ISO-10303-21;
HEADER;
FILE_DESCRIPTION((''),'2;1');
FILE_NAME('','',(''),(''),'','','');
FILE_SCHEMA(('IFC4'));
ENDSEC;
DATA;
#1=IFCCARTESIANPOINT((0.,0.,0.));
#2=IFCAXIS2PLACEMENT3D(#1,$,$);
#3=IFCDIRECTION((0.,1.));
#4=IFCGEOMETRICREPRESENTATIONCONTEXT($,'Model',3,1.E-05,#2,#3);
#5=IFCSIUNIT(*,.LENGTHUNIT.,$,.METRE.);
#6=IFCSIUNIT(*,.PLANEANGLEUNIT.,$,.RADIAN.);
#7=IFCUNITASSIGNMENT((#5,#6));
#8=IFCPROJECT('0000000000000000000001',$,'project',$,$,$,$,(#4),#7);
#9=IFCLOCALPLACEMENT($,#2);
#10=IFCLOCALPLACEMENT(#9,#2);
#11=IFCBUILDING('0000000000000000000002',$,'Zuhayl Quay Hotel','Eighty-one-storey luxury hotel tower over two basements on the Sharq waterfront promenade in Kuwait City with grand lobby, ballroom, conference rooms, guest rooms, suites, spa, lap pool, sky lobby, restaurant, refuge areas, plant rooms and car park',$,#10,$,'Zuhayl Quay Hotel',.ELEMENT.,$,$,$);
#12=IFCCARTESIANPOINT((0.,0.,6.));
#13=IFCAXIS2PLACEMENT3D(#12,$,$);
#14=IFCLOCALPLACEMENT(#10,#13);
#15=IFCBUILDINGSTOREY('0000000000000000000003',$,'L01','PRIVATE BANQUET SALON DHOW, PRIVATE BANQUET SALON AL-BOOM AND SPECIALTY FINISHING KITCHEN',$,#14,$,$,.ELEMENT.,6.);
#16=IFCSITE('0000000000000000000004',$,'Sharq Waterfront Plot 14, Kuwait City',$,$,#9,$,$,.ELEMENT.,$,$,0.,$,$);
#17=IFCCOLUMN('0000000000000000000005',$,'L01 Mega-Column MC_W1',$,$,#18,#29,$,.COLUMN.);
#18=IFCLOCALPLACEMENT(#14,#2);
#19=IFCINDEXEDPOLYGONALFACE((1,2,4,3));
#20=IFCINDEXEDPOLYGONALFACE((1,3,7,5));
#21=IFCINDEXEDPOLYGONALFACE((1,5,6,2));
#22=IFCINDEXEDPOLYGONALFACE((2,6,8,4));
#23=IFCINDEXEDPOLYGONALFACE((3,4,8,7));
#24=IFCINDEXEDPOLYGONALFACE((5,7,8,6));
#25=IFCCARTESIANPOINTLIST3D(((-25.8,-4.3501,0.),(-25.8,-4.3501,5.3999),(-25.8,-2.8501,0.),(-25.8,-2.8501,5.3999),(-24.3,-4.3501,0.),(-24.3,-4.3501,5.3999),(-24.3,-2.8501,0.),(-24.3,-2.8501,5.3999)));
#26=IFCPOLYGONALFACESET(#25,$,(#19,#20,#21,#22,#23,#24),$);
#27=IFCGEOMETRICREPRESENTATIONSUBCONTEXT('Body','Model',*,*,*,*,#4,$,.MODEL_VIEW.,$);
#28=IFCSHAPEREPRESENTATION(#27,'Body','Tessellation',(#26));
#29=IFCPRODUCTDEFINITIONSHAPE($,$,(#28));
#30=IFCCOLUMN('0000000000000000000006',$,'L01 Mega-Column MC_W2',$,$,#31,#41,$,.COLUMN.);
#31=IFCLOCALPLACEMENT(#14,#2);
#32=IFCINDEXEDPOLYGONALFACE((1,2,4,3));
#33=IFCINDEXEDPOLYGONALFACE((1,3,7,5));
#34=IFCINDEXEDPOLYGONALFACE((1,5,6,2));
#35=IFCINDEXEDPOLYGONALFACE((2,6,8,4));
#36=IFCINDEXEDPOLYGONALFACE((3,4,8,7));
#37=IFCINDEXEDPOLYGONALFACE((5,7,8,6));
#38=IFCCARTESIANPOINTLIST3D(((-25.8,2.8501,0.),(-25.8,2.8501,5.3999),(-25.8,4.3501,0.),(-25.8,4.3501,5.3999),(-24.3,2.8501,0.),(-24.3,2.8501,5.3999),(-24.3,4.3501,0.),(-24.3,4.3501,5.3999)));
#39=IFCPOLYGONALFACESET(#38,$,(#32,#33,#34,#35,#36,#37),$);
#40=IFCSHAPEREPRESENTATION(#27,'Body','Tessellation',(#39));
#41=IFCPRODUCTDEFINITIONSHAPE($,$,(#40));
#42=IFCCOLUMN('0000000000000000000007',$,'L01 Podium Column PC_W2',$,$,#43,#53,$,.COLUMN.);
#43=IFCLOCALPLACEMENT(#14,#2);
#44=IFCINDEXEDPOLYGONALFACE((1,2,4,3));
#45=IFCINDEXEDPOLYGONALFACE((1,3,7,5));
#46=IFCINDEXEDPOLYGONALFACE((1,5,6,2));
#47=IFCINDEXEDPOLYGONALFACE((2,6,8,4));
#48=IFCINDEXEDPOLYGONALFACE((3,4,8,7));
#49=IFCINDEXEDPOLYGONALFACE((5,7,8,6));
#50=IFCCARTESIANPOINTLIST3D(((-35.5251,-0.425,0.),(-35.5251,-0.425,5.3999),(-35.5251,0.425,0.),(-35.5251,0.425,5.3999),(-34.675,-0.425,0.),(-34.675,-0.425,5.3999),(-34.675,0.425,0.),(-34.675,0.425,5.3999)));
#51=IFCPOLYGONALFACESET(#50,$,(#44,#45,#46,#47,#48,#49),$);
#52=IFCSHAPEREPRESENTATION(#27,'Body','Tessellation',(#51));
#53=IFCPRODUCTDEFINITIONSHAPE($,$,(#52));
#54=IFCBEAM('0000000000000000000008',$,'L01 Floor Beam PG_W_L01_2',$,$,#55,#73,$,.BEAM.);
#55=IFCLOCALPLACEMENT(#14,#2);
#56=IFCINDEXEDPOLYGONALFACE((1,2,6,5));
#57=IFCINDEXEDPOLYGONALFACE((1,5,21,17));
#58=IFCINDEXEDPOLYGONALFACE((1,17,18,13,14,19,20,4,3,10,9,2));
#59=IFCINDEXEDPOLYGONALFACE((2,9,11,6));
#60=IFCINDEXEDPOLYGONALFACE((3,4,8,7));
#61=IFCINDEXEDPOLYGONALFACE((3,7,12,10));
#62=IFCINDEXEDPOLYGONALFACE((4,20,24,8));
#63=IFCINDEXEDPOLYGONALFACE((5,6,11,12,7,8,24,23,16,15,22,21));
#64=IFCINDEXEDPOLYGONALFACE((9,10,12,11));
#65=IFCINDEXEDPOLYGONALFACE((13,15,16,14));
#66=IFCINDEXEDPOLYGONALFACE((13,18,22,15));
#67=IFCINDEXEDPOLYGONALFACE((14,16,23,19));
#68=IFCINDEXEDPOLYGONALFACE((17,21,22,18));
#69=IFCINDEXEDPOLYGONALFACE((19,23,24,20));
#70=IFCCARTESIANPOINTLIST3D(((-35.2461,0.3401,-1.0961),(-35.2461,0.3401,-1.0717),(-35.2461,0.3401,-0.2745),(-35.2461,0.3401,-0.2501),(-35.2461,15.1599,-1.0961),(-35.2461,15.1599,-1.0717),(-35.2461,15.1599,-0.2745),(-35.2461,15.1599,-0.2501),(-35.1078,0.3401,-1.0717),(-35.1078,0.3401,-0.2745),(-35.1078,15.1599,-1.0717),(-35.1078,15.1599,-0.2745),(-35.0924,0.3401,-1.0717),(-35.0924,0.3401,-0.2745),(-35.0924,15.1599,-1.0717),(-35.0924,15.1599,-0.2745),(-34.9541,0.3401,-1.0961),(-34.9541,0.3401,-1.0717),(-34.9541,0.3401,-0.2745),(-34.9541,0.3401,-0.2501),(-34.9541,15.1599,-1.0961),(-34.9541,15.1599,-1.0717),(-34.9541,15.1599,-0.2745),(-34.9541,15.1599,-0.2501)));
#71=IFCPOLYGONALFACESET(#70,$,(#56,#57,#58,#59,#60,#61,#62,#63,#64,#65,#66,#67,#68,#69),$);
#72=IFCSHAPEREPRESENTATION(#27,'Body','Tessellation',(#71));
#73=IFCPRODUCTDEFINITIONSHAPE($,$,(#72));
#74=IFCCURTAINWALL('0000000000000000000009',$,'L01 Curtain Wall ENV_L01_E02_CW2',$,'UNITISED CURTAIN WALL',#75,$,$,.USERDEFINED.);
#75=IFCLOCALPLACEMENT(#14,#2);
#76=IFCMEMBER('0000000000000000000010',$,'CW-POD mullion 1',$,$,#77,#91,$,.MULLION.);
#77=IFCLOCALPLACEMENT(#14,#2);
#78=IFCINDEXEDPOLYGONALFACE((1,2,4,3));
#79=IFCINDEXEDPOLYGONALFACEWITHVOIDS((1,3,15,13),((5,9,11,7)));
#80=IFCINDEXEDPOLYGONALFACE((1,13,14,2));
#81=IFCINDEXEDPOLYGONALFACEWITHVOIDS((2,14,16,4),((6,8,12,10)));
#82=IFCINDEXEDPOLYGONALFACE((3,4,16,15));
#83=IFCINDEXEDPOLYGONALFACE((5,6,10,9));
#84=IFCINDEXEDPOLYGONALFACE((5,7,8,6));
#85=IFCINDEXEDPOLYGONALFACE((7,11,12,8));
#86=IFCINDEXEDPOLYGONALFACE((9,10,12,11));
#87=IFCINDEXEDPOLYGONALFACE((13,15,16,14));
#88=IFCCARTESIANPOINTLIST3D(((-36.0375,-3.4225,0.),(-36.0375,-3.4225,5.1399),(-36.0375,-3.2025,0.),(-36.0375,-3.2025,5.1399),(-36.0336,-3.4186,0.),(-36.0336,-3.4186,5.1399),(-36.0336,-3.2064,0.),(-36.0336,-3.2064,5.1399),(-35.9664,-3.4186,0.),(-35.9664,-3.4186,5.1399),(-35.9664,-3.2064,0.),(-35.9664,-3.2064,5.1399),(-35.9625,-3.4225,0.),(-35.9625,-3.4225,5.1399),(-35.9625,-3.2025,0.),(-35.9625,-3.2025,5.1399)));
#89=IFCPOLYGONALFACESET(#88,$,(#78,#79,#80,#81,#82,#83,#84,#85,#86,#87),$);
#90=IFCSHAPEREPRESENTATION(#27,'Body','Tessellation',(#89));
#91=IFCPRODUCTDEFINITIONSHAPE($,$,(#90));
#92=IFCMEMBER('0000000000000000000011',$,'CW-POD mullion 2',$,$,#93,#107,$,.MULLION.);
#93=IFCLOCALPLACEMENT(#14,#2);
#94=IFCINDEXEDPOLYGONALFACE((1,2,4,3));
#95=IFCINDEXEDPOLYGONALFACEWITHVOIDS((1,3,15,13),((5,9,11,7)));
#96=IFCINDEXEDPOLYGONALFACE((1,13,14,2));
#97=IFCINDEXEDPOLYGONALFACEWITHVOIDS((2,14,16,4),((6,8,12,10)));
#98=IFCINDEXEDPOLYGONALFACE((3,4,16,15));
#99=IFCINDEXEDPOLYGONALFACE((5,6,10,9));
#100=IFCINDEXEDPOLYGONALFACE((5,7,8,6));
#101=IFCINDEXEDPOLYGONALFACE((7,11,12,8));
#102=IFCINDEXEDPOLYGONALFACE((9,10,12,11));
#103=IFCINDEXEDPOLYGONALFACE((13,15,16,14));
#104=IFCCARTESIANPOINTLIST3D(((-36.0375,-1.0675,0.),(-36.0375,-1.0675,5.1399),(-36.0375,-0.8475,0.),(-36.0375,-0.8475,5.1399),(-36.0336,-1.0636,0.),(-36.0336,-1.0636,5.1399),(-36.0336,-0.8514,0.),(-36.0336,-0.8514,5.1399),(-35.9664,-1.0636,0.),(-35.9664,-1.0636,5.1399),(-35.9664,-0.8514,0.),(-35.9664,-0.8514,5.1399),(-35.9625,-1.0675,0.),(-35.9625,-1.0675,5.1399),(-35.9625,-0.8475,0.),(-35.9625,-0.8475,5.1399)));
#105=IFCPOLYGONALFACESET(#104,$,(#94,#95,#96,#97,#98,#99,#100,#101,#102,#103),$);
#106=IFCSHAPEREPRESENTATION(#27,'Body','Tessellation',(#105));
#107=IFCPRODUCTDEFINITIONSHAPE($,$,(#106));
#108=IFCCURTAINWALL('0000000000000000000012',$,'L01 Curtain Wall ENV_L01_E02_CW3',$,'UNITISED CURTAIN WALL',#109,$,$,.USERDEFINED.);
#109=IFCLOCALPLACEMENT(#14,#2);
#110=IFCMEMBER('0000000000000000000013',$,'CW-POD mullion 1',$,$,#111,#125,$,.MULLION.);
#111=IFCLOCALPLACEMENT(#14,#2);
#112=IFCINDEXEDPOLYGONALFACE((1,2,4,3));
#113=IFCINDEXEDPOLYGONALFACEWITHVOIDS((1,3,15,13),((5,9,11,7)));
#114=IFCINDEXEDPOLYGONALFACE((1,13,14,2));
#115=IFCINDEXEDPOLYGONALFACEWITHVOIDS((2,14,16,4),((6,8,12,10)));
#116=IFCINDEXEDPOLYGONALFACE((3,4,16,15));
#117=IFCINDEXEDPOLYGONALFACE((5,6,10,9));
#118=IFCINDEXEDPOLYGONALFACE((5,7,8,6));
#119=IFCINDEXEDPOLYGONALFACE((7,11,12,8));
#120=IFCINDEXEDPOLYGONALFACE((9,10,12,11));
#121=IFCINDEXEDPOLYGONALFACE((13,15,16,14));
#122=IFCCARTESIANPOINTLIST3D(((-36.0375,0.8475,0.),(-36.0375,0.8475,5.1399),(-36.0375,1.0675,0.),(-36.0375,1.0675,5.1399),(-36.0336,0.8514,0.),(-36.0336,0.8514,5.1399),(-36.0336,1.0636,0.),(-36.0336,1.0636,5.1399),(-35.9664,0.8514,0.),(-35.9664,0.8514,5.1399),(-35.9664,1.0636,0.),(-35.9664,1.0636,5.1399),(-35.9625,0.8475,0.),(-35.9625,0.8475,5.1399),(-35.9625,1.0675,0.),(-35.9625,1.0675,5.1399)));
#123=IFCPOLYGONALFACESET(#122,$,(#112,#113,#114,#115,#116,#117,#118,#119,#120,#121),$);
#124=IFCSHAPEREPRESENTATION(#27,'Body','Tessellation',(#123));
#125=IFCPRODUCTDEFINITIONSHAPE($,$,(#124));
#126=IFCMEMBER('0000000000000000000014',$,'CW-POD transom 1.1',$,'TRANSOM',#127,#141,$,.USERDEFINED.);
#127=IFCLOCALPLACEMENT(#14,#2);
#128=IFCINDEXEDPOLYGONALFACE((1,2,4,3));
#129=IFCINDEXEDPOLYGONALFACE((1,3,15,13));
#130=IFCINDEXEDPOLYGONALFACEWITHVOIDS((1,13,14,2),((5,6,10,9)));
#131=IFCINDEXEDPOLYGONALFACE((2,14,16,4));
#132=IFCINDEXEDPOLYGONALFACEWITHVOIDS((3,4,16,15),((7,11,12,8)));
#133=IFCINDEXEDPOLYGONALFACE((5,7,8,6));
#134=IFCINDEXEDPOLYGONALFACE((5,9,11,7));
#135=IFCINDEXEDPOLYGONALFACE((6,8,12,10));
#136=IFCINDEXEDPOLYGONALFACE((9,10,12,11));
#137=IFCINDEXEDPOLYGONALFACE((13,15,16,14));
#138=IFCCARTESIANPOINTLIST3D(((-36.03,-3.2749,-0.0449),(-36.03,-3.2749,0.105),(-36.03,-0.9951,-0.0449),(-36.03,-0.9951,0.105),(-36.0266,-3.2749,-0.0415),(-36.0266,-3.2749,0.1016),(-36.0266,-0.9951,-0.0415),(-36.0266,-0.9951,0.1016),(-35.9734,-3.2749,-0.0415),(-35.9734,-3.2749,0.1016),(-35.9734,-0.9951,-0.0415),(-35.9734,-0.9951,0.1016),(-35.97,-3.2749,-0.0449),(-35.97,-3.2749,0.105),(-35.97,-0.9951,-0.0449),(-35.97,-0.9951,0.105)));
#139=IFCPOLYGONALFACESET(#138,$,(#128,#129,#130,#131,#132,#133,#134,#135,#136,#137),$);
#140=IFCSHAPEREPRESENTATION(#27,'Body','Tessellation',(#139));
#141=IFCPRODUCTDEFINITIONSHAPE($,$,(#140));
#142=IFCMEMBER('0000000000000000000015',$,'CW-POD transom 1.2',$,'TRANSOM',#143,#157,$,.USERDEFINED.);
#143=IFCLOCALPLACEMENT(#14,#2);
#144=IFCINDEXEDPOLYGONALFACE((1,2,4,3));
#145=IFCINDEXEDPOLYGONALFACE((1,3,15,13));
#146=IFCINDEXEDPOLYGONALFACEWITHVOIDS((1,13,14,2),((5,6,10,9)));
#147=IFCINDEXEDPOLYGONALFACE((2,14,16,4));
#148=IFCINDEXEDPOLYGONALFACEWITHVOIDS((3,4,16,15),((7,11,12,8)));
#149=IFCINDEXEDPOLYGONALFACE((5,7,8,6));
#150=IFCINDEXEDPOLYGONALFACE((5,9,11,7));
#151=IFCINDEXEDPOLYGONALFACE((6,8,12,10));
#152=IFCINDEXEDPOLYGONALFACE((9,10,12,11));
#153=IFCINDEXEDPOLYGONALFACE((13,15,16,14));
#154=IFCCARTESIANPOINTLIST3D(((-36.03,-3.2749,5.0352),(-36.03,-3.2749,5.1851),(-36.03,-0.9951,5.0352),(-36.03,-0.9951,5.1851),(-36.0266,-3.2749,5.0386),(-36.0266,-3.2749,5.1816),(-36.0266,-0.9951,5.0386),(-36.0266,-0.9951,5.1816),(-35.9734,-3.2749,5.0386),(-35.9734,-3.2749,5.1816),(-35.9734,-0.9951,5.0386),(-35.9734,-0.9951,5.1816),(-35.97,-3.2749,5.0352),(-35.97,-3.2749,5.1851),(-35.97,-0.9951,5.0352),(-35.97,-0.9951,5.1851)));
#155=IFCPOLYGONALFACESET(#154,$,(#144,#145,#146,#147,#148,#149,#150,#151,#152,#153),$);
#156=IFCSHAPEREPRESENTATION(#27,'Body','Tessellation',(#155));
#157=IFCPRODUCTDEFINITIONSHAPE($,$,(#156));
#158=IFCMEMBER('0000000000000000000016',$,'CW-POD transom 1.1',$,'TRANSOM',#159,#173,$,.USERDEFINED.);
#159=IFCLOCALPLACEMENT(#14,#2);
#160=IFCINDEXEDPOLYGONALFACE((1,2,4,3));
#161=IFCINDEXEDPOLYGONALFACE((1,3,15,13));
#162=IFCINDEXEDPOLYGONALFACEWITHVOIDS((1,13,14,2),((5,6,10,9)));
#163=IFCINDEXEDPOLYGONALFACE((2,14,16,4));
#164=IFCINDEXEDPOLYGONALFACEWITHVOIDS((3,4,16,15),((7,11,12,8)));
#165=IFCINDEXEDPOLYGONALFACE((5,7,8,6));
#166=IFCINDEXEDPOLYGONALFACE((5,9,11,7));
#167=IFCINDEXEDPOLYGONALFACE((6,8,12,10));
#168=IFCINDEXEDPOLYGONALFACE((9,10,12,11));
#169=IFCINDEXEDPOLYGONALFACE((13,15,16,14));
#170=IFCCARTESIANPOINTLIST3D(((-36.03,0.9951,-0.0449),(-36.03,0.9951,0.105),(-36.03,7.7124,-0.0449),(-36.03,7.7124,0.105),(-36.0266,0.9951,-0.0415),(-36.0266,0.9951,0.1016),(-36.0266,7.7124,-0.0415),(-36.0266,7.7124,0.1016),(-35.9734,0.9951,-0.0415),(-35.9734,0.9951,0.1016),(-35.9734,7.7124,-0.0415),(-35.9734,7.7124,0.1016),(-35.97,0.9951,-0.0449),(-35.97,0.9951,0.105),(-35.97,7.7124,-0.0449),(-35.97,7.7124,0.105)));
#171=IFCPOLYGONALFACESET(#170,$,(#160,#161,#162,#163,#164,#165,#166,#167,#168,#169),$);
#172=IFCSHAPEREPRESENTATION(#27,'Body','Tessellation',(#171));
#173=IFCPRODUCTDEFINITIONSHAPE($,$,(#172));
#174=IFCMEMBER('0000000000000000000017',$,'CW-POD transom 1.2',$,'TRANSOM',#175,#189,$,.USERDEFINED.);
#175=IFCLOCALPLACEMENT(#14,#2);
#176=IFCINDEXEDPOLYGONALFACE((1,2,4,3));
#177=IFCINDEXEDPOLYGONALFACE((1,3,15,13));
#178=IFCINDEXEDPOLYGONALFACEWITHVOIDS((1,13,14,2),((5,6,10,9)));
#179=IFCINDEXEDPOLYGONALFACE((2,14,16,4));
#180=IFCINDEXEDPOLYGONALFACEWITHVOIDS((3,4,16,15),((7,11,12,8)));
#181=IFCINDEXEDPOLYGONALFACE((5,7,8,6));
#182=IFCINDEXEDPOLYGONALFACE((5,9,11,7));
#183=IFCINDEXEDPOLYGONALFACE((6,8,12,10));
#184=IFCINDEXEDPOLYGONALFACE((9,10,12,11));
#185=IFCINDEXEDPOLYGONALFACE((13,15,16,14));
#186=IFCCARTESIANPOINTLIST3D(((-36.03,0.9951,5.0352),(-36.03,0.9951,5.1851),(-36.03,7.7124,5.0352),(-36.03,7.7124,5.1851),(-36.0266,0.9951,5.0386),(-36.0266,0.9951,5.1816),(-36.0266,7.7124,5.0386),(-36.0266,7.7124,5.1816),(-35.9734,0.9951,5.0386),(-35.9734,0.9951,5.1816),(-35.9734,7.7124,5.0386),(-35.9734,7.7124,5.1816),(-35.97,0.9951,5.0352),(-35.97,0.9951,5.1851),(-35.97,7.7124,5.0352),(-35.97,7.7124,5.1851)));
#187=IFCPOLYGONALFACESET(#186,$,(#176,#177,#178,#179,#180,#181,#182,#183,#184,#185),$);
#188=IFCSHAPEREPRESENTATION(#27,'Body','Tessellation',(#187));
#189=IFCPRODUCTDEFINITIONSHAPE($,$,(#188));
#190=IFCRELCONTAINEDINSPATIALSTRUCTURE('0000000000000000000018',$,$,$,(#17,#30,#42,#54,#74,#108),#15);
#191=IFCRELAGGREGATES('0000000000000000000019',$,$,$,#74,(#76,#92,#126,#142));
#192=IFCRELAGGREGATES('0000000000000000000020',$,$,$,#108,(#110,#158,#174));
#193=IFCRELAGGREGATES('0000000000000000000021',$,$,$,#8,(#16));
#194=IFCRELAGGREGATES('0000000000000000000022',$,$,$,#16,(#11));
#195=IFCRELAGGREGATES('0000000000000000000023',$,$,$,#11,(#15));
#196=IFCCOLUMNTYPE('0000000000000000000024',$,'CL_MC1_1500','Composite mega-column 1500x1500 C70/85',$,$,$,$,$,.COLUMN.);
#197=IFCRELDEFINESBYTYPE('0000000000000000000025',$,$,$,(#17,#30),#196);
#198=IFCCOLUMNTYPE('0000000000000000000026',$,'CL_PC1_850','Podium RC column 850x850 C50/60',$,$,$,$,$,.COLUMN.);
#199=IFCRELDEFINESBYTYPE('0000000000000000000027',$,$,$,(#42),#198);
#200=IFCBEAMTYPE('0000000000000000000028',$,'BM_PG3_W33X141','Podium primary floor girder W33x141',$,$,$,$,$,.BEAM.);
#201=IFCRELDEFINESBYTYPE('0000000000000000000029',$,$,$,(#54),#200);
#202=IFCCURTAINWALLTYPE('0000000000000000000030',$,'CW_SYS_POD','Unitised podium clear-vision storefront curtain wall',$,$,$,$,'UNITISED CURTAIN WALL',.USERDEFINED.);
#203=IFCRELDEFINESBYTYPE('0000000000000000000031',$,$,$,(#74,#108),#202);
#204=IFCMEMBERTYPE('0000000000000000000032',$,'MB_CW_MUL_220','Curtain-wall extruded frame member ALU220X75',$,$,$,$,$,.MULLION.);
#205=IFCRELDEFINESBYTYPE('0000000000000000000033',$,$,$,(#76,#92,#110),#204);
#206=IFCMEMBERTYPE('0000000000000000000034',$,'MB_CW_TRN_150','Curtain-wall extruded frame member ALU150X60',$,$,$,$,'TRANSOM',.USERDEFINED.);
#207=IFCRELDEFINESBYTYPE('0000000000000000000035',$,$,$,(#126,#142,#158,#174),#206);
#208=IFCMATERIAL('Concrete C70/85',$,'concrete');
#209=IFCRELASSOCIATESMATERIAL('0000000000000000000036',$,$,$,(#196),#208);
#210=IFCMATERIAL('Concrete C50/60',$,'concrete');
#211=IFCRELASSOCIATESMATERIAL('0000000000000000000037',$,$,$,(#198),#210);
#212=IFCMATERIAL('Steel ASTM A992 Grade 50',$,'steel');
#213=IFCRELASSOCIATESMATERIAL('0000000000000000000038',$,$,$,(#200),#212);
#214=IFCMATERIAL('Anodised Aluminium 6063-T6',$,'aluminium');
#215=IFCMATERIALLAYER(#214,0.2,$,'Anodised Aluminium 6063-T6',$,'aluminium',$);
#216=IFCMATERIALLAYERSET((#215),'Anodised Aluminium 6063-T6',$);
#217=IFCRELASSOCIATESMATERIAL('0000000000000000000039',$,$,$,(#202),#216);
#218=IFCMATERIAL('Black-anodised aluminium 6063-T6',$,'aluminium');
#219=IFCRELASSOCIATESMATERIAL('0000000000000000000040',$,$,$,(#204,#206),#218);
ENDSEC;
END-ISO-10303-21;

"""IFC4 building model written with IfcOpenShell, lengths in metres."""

from ifc_helpers import new_model, si_unit, direction, frame, origin, origin_2d, place, context, subcontext, project, spatial, rectangle, hollow_rectangle, i_section, extrude, material, layer, layer_set, material_profile, profile_set, type_object, element, aggregate, save


model = new_model("IFC4")

# Units and contexts
model_context = context("Model", 3, precision=1e-05, world=origin(), true_north=direction((0.0, 1.0)))
body_context = subcontext(model_context, "Body", "Model", "MODEL_VIEW")
ifc_project = project(units=[si_unit("LENGTHUNIT", "METRE"), si_unit("PLANEANGLEUNIT", "RADIAN")], contexts=[model_context])

# Site, building, storey
site_placement = place(None, origin())
site = spatial("IfcSite", under=ifc_project, at=site_placement, Name="Sharq Waterfront Plot 14, Kuwait City", CompositionType="ELEMENT", RefElevation=0.0)
building_placement = place(site_placement, origin())
building = spatial("IfcBuilding", under=site, at=building_placement, Name="Zuhayl Quay Hotel", Description="Eighty-one-storey luxury hotel tower over two basements on the Sharq waterfront promenade in Kuwait City with grand lobby, ballroom, conference rooms, guest rooms, suites, spa, lap pool, sky lobby, restaurant, refuge areas, plant rooms and car park", LongName="Zuhayl Quay Hotel", CompositionType="ELEMENT")
storey_placement = place(building_placement, frame((0.0, 0.0, 6.0)))
storey = spatial("IfcBuildingStorey", under=building, at=storey_placement, Name="L01", Description="PRIVATE BANQUET SALON DHOW, PRIVATE BANQUET SALON AL-BOOM AND SPECIALTY FINISHING KITCHEN", CompositionType="ELEMENT", Elevation=6.0)

# Columns
ifc_material_1 = material(Name="Concrete C70/85", Category="concrete")
ifc_material_profile_1 = material_profile(ifc_material_1, rectangle(XDim=1.5, YDim=1.5, at=origin_2d()), Name="RC1500X1500")
ifc_profile_set_1 = profile_set([ifc_material_profile_1], Name="Concrete C70/85")
column_type_1 = type_object("IfcColumnType", Name="CL_MC1_1500", Description="Composite mega-column 1500x1500 C70/85", PredefinedType="COLUMN", material=ifc_profile_set_1)
for number, where, z_axis, x_axis, name in (
    (1, (-25.05, -3.6001, 0.0), (0.0, 0.0, 1.0), (1.0, 0.0, 0.0), "L01 Mega-Column MC_W1"),
    (2, (-25.05, 3.6001, 0.0), (0.0, 0.0, 1.0), (1.0, 0.0, 0.0), "L01 Mega-Column MC_W2"),
):
    element("IfcColumn", number, at=place(storey_placement, frame(where, z_axis=z_axis, x_axis=x_axis)), inside=storey, type_object=column_type_1, Name=name, PredefinedType="COLUMN", context=body_context, shape_type="SweptSolid", body=[
        extrude(rectangle(XDim=1.5, YDim=1.5, at=origin_2d()), origin(), (0.0, 0.0, 1.0), 5.3999),
    ])
ifc_material_2 = material(Name="Concrete C50/60", Category="concrete")
ifc_material_profile_2 = material_profile(ifc_material_2, rectangle(XDim=0.8501, YDim=0.8501, at=origin_2d()), Name="RC850X850")
ifc_profile_set_2 = profile_set([ifc_material_profile_2], Name="Concrete C50/60")
column_type_2 = type_object("IfcColumnType", Name="CL_PC1_850", Description="Podium RC column 850x850 C50/60", PredefinedType="COLUMN", material=ifc_profile_set_2)
column_placement = place(storey_placement, frame((-35.1001, 0.0, 0.0), z_axis=(0.0, 0.0, 1.0), x_axis=(1.0, 0.0, 0.0)))
element("IfcColumn", 3, at=column_placement, inside=storey, type_object=column_type_2, Name="L01 Podium Column PC_W2", PredefinedType="COLUMN", context=body_context, shape_type="SweptSolid", body=[
    extrude(rectangle(XDim=0.8501, YDim=0.8501, at=origin_2d()), origin(), (0.0, 0.0, 1.0), 5.3999),
])

# Beam
ifc_material_3 = material(Name="Steel ASTM A992 Grade 50", Category="steel")
ifc_material_profile_3 = material_profile(ifc_material_3, i_section(OverallWidth=0.292, OverallDepth=0.8459, WebThickness=0.0154, FlangeThickness=0.0244, at=origin_2d()), Name="W33X141")
ifc_profile_set_3 = profile_set([ifc_material_profile_3], Name="Steel ASTM A992 Grade 50")
beam_type = type_object("IfcBeamType", Name="BM_PG3_W33X141", Description="Podium primary floor girder W33x141", PredefinedType="BEAM", material=ifc_profile_set_3)
beam_placement = place(storey_placement, frame((-35.1001, 0.3401, -0.6731), z_axis=(0.0, 1.0, 0.0), x_axis=(-1.0, 0.0, 0.0)))
element("IfcBeam", 4, at=beam_placement, inside=storey, type_object=beam_type, Name="L01 Floor Beam PG_W_L01_2", PredefinedType="BEAM", context=body_context, shape_type="SweptSolid", body=[
    extrude(i_section(OverallWidth=0.292, OverallDepth=0.8459, WebThickness=0.0154, FlangeThickness=0.0244, at=origin_2d()), origin(), (0.0, 0.0, 1.0), 14.8198),
])

# Curtain wall, members
ifc_material_4 = material(Name="Anodised Aluminium 6063-T6", Category="aluminium")
ifc_layer_1 = layer(ifc_material_4, 0.2, Name="Anodised Aluminium 6063-T6", Category="aluminium")
ifc_layer_set_1 = layer_set([ifc_layer_1], Name="Anodised Aluminium 6063-T6")
curtain_wall_type = type_object("IfcCurtainWallType", Name="CW_SYS_POD", Description="Unitised podium clear-vision storefront curtain wall", ElementType="UNITISED CURTAIN WALL", PredefinedType="USERDEFINED", material=ifc_layer_set_1)
curtain_wall_1_placement = place(storey_placement, origin())
curtain_wall_1 = element("IfcCurtainWall", 5, at=curtain_wall_1_placement, inside=storey, type_object=curtain_wall_type, Name="L01 Curtain Wall ENV_L01_E02_CW2", ObjectType="UNITISED CURTAIN WALL", PredefinedType="USERDEFINED")
ifc_material_5 = material(Name="Black-anodised aluminium 6063-T6", Category="aluminium")
ifc_material_profile_4 = material_profile(ifc_material_5, hollow_rectangle(XDim=0.075, YDim=0.22, WallThickness=0.0039, at=origin_2d()), Name="ALU220X75")
ifc_profile_set_4 = profile_set([ifc_material_profile_4], Name="Black-anodised aluminium 6063-T6")
member_type_1 = type_object("IfcMemberType", Name="MB_CW_MUL_220", Description="Curtain-wall extruded frame member ALU220X75", PredefinedType="MULLION", material=ifc_profile_set_4)
member_1_placement = place(storey_placement, frame((-36.0, -3.3125, 0.0), z_axis=(0.0, 0.0, 1.0), x_axis=(-1.0, 0.0, 0.0)))
member_1 = element("IfcMember", 6, at=member_1_placement, type_object=member_type_1, Name="CW-POD mullion 1", PredefinedType="MULLION", context=body_context, shape_type="SweptSolid", body=[
    extrude(hollow_rectangle(XDim=0.075, YDim=0.22, WallThickness=0.0039, at=origin_2d()), origin(), (0.0, 0.0, 1.0), 5.1399),
])
member_2_placement = place(storey_placement, frame((-36.0, -0.9575, 0.0), z_axis=(0.0, 0.0, 1.0), x_axis=(-1.0, 0.0, 0.0)))
member_2 = element("IfcMember", 7, at=member_2_placement, type_object=member_type_1, Name="CW-POD mullion 2", PredefinedType="MULLION", context=body_context, shape_type="SweptSolid", body=[
    extrude(hollow_rectangle(XDim=0.075, YDim=0.22, WallThickness=0.0039, at=origin_2d()), origin(), (0.0, 0.0, 1.0), 5.1399),
])

# Curtain wall, member
curtain_wall_2_placement = place(storey_placement, origin())
curtain_wall_2 = element("IfcCurtainWall", 8, at=curtain_wall_2_placement, inside=storey, type_object=curtain_wall_type, Name="L01 Curtain Wall ENV_L01_E02_CW3", ObjectType="UNITISED CURTAIN WALL", PredefinedType="USERDEFINED")
member_3_placement = place(storey_placement, frame((-36.0, 0.9575, 0.0), z_axis=(0.0, 0.0, 1.0), x_axis=(-1.0, 0.0, 0.0)))
member_3 = element("IfcMember", 9, at=member_3_placement, type_object=member_type_1, Name="CW-POD mullion 1", PredefinedType="MULLION", context=body_context, shape_type="SweptSolid", body=[
    extrude(hollow_rectangle(XDim=0.075, YDim=0.22, WallThickness=0.0039, at=origin_2d()), origin(), (0.0, 0.0, 1.0), 5.1399),
])

# Members
ifc_material_profile_5 = material_profile(ifc_material_5, hollow_rectangle(XDim=0.0601, YDim=0.1499, WallThickness=0.0034, at=origin_2d()), Name="ALU150X60")
ifc_profile_set_5 = profile_set([ifc_material_profile_5], Name="Black-anodised aluminium 6063-T6")
member_type_2 = type_object("IfcMemberType", Name="MB_CW_TRN_150", Description="Curtain-wall extruded frame member ALU150X60", ElementType="TRANSOM", PredefinedType="USERDEFINED", material=ifc_profile_set_5)
member_4_placement = place(storey_placement, frame((-36.0, -3.2749, 0.03), z_axis=(0.0, 1.0, 0.0), x_axis=(-1.0, 0.0, 0.0)))
member_4 = element("IfcMember", 10, at=member_4_placement, type_object=member_type_2, Name="CW-POD transom 1.1", ObjectType="TRANSOM", PredefinedType="USERDEFINED", context=body_context, shape_type="SweptSolid", body=[
    extrude(hollow_rectangle(XDim=0.0601, YDim=0.1499, WallThickness=0.0034, at=origin_2d()), origin(), (0.0, 0.0, 1.0), 2.2798),
])
member_5_placement = place(storey_placement, frame((-36.0, -3.2749, 5.1101), z_axis=(0.0, 1.0, 0.0), x_axis=(-1.0, 0.0, 0.0)))
member_5 = element("IfcMember", 11, at=member_5_placement, type_object=member_type_2, Name="CW-POD transom 1.2", ObjectType="TRANSOM", PredefinedType="USERDEFINED", context=body_context, shape_type="SweptSolid", body=[
    extrude(hollow_rectangle(XDim=0.0601, YDim=0.1499, WallThickness=0.0034, at=origin_2d()), origin(), (0.0, 0.0, 1.0), 2.2798),
])
member_6_placement = place(storey_placement, frame((-36.0, 0.9951, 0.03), z_axis=(0.0, 1.0, 0.0), x_axis=(-1.0, 0.0, 0.0)))
member_6 = element("IfcMember", 12, at=member_6_placement, type_object=member_type_2, Name="CW-POD transom 1.1", ObjectType="TRANSOM", PredefinedType="USERDEFINED", context=body_context, shape_type="SweptSolid", body=[
    extrude(hollow_rectangle(XDim=0.0601, YDim=0.1499, WallThickness=0.0034, at=origin_2d()), origin(), (0.0, 0.0, 1.0), 6.7173),
])
member_7_placement = place(storey_placement, frame((-36.0, 0.9951, 5.1101), z_axis=(0.0, 1.0, 0.0), x_axis=(-1.0, 0.0, 0.0)))
member_7 = element("IfcMember", 13, at=member_7_placement, type_object=member_type_2, Name="CW-POD transom 1.2", ObjectType="TRANSOM", PredefinedType="USERDEFINED", context=body_context, shape_type="SweptSolid", body=[
    extrude(hollow_rectangle(XDim=0.0601, YDim=0.1499, WallThickness=0.0034, at=origin_2d()), origin(), (0.0, 0.0, 1.0), 6.7173),
])

aggregate(curtain_wall_1, [member_1, member_2, member_4, member_5])
aggregate(curtain_wall_2, [member_3, member_6, member_7])

save(model, "model.ifc")
